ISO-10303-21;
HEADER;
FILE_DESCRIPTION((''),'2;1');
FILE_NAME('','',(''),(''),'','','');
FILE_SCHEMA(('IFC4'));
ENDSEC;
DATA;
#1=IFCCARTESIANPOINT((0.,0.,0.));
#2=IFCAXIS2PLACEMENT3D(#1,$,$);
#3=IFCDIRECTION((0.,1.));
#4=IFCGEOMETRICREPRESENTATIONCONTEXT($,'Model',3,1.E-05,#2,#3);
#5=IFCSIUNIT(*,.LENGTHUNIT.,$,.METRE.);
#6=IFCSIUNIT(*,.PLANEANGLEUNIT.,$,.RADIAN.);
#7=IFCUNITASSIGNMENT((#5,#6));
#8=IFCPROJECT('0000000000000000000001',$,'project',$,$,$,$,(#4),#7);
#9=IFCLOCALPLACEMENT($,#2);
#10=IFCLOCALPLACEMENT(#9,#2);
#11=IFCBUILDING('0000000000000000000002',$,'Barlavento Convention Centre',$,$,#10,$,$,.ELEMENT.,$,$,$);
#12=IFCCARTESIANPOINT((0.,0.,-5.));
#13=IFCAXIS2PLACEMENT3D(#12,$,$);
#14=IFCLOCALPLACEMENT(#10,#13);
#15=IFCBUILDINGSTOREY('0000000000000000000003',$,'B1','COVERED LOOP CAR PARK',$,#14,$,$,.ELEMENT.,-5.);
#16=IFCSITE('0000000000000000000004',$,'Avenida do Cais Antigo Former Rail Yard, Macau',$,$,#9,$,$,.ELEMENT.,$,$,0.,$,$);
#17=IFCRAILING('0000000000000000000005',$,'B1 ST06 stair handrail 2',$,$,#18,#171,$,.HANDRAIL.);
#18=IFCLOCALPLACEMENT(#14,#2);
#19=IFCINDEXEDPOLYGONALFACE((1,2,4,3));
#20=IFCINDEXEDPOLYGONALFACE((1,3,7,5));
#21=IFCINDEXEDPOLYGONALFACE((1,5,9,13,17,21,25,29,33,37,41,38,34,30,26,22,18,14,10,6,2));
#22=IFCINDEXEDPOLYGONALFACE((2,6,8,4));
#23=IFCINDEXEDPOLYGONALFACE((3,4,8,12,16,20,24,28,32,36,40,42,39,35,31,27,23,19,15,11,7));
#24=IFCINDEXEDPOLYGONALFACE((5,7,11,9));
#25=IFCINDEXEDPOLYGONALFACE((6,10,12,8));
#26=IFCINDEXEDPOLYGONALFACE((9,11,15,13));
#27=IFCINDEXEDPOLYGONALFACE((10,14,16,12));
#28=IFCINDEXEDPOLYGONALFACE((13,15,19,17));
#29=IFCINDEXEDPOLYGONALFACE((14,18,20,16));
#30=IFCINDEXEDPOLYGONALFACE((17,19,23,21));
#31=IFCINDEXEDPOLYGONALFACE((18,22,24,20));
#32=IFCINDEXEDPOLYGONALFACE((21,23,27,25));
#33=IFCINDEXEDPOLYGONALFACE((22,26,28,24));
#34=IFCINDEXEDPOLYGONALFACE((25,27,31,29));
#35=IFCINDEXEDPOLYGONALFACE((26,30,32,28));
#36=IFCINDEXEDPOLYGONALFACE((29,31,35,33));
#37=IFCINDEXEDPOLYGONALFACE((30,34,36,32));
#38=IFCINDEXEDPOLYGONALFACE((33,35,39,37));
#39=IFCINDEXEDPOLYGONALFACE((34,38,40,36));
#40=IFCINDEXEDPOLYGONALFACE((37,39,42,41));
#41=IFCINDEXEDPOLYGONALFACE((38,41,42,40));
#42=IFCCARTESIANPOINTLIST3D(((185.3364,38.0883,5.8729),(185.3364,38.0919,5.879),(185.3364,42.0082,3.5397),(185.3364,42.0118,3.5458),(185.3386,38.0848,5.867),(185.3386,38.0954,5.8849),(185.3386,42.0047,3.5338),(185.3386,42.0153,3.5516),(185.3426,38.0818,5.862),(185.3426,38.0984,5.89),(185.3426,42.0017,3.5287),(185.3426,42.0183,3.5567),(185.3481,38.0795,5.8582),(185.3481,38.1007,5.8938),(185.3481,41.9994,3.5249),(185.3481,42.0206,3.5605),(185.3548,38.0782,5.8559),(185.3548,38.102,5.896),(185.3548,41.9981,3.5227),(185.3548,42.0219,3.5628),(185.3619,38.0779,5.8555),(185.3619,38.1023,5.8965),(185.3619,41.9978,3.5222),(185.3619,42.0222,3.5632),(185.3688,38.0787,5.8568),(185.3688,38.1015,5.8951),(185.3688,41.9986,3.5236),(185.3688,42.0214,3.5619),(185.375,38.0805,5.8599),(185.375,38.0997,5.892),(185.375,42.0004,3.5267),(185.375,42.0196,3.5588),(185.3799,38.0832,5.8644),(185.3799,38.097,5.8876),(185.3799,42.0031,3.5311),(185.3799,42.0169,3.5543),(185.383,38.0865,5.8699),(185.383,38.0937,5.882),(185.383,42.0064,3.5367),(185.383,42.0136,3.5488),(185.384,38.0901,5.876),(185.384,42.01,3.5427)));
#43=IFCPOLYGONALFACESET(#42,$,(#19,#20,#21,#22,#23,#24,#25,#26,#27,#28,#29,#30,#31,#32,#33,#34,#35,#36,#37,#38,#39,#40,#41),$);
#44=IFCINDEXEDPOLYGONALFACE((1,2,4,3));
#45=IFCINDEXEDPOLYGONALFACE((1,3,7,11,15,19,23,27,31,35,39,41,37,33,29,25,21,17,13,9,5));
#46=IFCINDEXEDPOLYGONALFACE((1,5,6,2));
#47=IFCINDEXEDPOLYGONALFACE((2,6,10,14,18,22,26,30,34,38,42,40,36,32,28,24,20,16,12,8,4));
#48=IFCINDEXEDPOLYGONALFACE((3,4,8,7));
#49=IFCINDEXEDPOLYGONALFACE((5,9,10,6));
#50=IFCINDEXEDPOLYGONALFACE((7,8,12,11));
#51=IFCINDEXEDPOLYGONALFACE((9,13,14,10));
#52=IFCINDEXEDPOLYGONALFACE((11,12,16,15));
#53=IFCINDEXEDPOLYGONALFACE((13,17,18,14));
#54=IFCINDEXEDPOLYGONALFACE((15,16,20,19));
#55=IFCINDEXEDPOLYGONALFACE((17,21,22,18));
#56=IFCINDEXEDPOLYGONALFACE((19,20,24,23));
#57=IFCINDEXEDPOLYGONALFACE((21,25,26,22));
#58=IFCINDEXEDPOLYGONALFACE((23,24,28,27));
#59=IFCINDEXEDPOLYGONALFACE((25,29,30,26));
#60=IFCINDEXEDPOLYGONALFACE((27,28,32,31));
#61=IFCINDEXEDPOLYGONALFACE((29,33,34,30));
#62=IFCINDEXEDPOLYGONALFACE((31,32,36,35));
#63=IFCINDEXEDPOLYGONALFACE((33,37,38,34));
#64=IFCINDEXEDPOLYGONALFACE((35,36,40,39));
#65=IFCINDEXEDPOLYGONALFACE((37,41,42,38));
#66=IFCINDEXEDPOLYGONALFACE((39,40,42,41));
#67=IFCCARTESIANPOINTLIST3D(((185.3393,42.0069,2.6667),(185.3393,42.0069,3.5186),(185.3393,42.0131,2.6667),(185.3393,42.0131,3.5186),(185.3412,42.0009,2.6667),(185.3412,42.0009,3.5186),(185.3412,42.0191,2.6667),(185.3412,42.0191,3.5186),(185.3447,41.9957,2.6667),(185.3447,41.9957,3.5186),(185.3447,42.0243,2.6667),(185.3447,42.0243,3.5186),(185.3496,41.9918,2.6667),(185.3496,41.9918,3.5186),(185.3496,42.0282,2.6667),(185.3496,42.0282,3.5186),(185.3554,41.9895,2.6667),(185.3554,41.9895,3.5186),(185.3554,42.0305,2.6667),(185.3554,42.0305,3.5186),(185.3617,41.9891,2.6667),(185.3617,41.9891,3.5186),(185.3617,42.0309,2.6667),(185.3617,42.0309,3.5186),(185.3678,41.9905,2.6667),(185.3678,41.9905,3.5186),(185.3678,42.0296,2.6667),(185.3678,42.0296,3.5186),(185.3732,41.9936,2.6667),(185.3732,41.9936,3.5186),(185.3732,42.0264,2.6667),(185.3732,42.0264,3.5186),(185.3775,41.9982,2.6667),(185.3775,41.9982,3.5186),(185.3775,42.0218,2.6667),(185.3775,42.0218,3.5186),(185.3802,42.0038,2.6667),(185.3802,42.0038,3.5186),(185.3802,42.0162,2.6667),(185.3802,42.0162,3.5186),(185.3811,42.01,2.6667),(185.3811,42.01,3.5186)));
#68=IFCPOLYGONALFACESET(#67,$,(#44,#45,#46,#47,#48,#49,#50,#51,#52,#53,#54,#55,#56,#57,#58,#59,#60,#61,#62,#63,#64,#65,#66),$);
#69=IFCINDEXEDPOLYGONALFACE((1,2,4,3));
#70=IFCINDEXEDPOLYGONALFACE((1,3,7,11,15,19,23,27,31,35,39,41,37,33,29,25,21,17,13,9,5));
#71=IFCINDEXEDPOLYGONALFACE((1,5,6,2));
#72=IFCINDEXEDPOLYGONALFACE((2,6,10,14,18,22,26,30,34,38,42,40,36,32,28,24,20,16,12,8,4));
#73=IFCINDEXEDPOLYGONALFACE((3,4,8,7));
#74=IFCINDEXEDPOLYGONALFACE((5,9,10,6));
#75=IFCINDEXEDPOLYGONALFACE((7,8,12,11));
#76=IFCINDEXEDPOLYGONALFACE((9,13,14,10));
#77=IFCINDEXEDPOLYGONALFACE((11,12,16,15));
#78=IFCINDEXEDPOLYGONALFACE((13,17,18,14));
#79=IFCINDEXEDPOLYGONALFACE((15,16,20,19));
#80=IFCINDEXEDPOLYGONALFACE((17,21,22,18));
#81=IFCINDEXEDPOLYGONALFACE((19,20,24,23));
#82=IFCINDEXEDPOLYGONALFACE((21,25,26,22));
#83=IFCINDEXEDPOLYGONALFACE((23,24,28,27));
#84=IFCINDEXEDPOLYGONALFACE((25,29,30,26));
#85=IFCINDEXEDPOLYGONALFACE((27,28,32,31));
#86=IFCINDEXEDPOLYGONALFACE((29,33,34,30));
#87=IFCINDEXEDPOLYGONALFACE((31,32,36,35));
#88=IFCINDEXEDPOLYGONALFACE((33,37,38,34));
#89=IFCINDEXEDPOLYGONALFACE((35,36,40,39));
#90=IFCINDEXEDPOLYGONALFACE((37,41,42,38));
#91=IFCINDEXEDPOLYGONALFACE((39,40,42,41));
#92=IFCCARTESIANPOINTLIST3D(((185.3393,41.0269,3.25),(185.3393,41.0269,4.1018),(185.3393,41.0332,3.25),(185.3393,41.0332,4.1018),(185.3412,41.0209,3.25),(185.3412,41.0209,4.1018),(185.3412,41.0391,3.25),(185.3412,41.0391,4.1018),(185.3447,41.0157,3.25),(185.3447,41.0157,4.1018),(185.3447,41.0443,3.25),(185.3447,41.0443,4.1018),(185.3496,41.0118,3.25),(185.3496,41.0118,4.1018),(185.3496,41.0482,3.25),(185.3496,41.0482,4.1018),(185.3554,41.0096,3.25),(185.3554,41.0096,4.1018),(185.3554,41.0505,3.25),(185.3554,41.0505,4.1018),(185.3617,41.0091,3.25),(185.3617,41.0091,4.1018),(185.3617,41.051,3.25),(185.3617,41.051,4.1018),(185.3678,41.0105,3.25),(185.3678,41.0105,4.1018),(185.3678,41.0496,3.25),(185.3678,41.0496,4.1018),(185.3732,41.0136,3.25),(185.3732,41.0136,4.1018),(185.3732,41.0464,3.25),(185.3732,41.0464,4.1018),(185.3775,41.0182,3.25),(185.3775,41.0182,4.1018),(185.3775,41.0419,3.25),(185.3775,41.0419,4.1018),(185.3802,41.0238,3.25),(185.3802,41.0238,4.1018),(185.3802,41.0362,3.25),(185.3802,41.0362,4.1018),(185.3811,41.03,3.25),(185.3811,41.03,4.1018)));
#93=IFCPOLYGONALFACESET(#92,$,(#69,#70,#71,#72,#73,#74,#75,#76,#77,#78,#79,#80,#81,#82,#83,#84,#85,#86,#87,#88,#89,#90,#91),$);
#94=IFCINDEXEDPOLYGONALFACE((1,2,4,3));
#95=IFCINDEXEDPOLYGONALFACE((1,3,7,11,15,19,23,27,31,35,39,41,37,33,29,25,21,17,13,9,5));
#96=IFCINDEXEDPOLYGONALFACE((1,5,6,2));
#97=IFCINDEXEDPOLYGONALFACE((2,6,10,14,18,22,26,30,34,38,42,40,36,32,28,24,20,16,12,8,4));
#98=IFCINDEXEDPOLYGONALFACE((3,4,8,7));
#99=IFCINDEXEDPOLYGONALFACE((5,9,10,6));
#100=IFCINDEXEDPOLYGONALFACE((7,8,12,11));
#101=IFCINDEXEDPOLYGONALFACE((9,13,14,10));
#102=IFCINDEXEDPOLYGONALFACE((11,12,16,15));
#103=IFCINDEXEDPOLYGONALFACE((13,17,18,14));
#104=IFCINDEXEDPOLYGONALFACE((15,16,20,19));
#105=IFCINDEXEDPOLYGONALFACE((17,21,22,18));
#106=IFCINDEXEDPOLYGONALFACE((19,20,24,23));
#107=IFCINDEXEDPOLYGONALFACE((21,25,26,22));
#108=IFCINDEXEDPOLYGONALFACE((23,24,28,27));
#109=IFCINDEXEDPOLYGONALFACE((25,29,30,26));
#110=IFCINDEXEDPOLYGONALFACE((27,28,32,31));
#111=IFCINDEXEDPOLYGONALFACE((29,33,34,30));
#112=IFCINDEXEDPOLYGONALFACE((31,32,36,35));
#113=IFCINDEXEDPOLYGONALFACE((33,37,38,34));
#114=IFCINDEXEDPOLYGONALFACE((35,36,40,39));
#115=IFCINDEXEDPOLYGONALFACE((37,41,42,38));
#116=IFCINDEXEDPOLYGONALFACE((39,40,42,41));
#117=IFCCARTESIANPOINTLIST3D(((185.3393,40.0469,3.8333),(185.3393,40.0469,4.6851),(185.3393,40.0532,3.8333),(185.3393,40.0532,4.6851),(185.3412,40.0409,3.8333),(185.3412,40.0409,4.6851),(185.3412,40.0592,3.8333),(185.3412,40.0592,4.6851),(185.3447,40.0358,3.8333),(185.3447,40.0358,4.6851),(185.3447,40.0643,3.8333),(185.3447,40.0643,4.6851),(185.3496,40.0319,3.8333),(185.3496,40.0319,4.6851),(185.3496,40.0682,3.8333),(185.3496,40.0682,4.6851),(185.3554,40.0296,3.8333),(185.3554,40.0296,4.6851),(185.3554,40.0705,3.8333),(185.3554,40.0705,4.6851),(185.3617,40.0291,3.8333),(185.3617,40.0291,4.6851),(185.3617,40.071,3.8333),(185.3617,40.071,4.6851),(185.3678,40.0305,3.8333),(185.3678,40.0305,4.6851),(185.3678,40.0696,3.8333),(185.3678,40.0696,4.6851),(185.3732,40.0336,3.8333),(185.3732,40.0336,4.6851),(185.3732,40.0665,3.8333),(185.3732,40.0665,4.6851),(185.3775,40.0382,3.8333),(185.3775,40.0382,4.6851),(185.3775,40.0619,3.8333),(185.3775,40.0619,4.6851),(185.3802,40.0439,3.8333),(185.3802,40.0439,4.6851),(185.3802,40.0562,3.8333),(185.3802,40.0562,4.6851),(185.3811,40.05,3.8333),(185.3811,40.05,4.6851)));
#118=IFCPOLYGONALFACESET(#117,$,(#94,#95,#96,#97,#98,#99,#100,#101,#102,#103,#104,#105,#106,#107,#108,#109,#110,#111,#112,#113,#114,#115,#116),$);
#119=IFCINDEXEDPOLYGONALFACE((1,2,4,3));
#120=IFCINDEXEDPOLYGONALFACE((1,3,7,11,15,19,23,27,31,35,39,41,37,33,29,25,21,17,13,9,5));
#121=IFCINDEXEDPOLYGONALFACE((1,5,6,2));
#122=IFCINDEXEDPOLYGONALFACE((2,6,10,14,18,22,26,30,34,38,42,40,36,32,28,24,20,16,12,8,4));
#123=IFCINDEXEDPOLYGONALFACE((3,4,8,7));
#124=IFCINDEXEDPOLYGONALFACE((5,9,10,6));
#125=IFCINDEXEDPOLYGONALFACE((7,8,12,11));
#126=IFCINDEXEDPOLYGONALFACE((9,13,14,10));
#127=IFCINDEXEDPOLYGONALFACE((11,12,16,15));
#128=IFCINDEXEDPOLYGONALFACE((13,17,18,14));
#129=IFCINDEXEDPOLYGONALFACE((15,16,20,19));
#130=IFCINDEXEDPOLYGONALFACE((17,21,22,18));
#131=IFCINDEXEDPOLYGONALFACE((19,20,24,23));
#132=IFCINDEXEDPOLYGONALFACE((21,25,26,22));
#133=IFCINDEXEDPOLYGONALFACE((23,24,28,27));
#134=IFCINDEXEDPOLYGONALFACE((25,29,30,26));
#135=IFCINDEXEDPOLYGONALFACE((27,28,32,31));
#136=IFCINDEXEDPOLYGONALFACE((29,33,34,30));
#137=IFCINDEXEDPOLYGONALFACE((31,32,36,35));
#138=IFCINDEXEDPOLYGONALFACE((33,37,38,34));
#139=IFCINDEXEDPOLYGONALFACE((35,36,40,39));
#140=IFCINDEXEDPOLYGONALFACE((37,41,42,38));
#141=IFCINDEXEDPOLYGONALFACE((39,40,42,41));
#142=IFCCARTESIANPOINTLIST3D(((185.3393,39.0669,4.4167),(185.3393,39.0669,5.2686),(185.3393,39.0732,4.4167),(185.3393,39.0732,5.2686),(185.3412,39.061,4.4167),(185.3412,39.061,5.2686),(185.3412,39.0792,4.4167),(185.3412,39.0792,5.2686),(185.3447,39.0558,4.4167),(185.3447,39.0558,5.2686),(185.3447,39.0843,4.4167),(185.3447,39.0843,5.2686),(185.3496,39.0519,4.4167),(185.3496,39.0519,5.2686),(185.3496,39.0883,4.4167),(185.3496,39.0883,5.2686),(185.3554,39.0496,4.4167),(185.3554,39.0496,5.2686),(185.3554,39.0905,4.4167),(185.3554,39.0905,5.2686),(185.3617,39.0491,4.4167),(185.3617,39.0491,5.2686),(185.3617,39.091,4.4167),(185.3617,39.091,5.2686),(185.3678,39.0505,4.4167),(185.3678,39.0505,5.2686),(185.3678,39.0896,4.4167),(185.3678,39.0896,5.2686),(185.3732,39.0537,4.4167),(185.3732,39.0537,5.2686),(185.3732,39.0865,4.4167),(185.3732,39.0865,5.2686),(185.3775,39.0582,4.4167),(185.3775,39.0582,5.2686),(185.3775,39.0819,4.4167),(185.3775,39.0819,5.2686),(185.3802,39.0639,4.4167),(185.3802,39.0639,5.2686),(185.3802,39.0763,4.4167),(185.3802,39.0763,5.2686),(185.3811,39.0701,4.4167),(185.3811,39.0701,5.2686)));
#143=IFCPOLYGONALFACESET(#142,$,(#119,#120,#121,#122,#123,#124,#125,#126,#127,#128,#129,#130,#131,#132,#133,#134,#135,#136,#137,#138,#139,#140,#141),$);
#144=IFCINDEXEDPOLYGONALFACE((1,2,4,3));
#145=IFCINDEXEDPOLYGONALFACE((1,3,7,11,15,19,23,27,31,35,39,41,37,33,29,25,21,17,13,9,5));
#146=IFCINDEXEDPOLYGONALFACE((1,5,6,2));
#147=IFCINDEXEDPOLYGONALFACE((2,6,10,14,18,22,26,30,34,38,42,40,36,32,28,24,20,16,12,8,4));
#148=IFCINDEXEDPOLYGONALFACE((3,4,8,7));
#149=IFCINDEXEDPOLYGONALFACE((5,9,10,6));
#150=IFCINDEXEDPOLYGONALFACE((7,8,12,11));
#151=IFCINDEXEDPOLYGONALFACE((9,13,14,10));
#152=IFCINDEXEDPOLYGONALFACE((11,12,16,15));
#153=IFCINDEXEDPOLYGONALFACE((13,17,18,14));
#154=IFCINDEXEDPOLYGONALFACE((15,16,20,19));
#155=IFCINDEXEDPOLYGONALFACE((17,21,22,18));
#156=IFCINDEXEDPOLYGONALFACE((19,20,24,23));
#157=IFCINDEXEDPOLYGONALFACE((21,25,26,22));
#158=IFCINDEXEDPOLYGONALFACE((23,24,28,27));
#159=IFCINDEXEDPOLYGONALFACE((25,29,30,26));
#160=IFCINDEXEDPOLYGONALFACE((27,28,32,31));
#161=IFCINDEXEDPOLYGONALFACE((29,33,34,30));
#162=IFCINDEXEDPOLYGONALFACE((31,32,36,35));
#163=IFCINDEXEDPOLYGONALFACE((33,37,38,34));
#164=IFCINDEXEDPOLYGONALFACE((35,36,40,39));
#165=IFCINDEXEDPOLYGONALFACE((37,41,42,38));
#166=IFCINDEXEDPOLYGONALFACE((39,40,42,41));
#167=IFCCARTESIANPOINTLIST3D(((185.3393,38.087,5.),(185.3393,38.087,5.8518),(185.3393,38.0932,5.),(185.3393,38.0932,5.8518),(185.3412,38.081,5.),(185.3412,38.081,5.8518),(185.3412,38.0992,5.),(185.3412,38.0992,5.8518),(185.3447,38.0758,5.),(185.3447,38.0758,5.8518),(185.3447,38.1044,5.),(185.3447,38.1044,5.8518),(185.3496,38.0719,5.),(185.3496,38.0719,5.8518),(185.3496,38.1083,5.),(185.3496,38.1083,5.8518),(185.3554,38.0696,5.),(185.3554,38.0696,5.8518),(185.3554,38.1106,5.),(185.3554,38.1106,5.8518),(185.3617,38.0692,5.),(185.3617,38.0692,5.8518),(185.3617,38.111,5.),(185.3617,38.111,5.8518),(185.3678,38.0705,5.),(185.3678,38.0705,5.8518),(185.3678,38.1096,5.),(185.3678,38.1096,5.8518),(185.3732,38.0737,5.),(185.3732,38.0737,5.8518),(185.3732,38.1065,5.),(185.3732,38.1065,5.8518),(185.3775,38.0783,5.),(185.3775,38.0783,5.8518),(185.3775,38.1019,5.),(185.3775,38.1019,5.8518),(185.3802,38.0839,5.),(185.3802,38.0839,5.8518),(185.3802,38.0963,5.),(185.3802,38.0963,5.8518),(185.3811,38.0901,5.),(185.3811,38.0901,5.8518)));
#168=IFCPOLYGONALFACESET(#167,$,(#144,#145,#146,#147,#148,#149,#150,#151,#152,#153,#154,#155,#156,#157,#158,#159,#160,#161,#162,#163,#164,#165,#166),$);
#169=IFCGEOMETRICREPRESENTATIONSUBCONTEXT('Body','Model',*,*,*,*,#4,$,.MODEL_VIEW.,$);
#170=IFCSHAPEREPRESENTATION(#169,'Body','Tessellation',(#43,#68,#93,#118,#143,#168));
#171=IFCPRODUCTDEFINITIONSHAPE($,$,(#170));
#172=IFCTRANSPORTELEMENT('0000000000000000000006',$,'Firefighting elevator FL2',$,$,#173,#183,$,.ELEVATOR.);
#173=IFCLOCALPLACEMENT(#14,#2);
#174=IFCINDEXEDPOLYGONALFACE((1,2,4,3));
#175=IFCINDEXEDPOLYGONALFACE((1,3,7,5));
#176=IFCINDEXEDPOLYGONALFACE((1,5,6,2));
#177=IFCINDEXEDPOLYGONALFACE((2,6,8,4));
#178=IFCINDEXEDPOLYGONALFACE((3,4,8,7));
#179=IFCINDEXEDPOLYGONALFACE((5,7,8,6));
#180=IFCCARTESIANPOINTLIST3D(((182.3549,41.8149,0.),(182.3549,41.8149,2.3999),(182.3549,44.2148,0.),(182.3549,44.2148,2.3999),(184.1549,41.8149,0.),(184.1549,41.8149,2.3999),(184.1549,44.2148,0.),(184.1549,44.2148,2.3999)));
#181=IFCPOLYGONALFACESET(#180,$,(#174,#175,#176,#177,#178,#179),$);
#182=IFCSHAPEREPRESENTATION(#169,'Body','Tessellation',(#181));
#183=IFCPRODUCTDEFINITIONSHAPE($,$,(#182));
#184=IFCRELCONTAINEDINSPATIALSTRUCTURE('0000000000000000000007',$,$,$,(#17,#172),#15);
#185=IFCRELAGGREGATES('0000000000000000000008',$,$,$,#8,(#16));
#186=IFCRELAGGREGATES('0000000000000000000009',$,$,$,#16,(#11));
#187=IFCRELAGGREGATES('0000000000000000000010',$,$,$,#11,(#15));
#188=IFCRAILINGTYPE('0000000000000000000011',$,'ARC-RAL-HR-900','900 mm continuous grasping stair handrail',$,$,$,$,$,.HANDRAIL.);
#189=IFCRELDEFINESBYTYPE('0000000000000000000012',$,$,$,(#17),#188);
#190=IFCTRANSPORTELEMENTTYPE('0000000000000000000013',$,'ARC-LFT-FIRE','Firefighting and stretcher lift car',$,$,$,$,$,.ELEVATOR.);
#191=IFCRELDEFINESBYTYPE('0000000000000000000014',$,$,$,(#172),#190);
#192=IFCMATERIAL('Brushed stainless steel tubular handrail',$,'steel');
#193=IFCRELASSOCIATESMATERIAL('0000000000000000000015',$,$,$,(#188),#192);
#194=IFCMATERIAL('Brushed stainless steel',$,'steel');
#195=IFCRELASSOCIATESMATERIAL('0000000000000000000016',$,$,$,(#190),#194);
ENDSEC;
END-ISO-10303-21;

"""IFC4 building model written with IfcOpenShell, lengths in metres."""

from ifc_helpers import new_model, si_unit, direction, frame, origin, origin_2d, place, context, subcontext, project, spatial, rectangle, circle, extrude, material, type_object, element, save


model = new_model("IFC4")

# Units and contexts
model_context = context("Model", 3, precision=1e-05, world=origin(), true_north=direction((0.0, 1.0)))
body_context = subcontext(model_context, "Body", "Model", "MODEL_VIEW")
ifc_project = project(units=[si_unit("LENGTHUNIT", "METRE"), si_unit("PLANEANGLEUNIT", "RADIAN")], contexts=[model_context])

# Site, building, storey
site_placement = place(None, origin())
site = spatial("IfcSite", under=ifc_project, at=site_placement, Name="Avenida do Cais Antigo Former Rail Yard, Macau", CompositionType="ELEMENT", RefElevation=0.0)
building_placement = place(site_placement, origin())
building = spatial("IfcBuilding", under=site, at=building_placement, Name="Barlavento Convention Centre", CompositionType="ELEMENT")
storey_placement = place(building_placement, frame((0.0, 0.0, -5.0)))
storey = spatial("IfcBuildingStorey", under=building, at=storey_placement, Name="B1", Description="COVERED LOOP CAR PARK", CompositionType="ELEMENT", Elevation=-5.0)

# Shared definitions
ifc_material_1 = material(Name="Brushed stainless steel", Category="steel")

# Railing
ifc_material_2 = material(Name="Brushed stainless steel tubular handrail", Category="steel")
railing_type_1 = type_object("IfcRailingType", Name="ARC-RAL-HR-900", Description="900 mm continuous grasping stair handrail", PredefinedType="HANDRAIL", material=ifc_material_2)
railing_1_placement = place(storey_placement, frame((185.3601, 42.01, 2.6667)))
element("IfcRailing", 1, at=railing_1_placement, inside=storey, type_object=railing_type_1, Name="B1 ST06 stair handrail 2", PredefinedType="HANDRAIL", context=body_context, shape_type="SweptSolid", body=[
    extrude(circle(Radius=0.0239, at=origin_2d()), frame((0.0, 0.0, 0.876), z_axis=(0.0, -0.859296, 0.511478), x_axis=(1.0, 0.0, 0.0)), (0.0, 0.0, 1.0), 4.5618),
    extrude(circle(Radius=0.021, at=origin_2d()), origin(), (0.0, 0.0, 1.0), 0.8518),
    extrude(circle(Radius=0.021, at=origin_2d()), frame((0.0, -0.98, 0.5833)), (0.0, 0.0, 1.0), 0.8518),
    extrude(circle(Radius=0.021, at=origin_2d()), frame((0.0, -1.96, 1.1665)), (0.0, 0.0, 1.0), 0.8518),
    extrude(circle(Radius=0.021, at=origin_2d()), frame((0.0, -2.9399, 1.75)), (0.0, 0.0, 1.0), 0.8518),
    extrude(circle(Radius=0.021, at=origin_2d()), frame((0.0, -3.9199, 2.3333)), (0.0, 0.0, 1.0), 0.8518),
])

# Transport element
transport_element_type = type_object("IfcTransportElementType", Name="ARC-LFT-FIRE", Description="Firefighting and stretcher lift car", PredefinedType="ELEVATOR", material=ifc_material_1)
transport_element_placement = place(storey_placement, frame((183.2549, 43.0149, 0.0), z_axis=(0.0, 0.0, 1.0), x_axis=(1.0, 0.0, 0.0)))
element("IfcTransportElement", 2, at=transport_element_placement, inside=storey, type_object=transport_element_type, Name="Firefighting elevator FL2", PredefinedType="ELEVATOR", context=body_context, shape_type="SweptSolid", body=[
    extrude(rectangle(XDim=1.8, YDim=2.3999, at=origin_2d()), origin(), (0.0, 0.0, 1.0), 2.3999),
])

save(model, "model.ifc")
